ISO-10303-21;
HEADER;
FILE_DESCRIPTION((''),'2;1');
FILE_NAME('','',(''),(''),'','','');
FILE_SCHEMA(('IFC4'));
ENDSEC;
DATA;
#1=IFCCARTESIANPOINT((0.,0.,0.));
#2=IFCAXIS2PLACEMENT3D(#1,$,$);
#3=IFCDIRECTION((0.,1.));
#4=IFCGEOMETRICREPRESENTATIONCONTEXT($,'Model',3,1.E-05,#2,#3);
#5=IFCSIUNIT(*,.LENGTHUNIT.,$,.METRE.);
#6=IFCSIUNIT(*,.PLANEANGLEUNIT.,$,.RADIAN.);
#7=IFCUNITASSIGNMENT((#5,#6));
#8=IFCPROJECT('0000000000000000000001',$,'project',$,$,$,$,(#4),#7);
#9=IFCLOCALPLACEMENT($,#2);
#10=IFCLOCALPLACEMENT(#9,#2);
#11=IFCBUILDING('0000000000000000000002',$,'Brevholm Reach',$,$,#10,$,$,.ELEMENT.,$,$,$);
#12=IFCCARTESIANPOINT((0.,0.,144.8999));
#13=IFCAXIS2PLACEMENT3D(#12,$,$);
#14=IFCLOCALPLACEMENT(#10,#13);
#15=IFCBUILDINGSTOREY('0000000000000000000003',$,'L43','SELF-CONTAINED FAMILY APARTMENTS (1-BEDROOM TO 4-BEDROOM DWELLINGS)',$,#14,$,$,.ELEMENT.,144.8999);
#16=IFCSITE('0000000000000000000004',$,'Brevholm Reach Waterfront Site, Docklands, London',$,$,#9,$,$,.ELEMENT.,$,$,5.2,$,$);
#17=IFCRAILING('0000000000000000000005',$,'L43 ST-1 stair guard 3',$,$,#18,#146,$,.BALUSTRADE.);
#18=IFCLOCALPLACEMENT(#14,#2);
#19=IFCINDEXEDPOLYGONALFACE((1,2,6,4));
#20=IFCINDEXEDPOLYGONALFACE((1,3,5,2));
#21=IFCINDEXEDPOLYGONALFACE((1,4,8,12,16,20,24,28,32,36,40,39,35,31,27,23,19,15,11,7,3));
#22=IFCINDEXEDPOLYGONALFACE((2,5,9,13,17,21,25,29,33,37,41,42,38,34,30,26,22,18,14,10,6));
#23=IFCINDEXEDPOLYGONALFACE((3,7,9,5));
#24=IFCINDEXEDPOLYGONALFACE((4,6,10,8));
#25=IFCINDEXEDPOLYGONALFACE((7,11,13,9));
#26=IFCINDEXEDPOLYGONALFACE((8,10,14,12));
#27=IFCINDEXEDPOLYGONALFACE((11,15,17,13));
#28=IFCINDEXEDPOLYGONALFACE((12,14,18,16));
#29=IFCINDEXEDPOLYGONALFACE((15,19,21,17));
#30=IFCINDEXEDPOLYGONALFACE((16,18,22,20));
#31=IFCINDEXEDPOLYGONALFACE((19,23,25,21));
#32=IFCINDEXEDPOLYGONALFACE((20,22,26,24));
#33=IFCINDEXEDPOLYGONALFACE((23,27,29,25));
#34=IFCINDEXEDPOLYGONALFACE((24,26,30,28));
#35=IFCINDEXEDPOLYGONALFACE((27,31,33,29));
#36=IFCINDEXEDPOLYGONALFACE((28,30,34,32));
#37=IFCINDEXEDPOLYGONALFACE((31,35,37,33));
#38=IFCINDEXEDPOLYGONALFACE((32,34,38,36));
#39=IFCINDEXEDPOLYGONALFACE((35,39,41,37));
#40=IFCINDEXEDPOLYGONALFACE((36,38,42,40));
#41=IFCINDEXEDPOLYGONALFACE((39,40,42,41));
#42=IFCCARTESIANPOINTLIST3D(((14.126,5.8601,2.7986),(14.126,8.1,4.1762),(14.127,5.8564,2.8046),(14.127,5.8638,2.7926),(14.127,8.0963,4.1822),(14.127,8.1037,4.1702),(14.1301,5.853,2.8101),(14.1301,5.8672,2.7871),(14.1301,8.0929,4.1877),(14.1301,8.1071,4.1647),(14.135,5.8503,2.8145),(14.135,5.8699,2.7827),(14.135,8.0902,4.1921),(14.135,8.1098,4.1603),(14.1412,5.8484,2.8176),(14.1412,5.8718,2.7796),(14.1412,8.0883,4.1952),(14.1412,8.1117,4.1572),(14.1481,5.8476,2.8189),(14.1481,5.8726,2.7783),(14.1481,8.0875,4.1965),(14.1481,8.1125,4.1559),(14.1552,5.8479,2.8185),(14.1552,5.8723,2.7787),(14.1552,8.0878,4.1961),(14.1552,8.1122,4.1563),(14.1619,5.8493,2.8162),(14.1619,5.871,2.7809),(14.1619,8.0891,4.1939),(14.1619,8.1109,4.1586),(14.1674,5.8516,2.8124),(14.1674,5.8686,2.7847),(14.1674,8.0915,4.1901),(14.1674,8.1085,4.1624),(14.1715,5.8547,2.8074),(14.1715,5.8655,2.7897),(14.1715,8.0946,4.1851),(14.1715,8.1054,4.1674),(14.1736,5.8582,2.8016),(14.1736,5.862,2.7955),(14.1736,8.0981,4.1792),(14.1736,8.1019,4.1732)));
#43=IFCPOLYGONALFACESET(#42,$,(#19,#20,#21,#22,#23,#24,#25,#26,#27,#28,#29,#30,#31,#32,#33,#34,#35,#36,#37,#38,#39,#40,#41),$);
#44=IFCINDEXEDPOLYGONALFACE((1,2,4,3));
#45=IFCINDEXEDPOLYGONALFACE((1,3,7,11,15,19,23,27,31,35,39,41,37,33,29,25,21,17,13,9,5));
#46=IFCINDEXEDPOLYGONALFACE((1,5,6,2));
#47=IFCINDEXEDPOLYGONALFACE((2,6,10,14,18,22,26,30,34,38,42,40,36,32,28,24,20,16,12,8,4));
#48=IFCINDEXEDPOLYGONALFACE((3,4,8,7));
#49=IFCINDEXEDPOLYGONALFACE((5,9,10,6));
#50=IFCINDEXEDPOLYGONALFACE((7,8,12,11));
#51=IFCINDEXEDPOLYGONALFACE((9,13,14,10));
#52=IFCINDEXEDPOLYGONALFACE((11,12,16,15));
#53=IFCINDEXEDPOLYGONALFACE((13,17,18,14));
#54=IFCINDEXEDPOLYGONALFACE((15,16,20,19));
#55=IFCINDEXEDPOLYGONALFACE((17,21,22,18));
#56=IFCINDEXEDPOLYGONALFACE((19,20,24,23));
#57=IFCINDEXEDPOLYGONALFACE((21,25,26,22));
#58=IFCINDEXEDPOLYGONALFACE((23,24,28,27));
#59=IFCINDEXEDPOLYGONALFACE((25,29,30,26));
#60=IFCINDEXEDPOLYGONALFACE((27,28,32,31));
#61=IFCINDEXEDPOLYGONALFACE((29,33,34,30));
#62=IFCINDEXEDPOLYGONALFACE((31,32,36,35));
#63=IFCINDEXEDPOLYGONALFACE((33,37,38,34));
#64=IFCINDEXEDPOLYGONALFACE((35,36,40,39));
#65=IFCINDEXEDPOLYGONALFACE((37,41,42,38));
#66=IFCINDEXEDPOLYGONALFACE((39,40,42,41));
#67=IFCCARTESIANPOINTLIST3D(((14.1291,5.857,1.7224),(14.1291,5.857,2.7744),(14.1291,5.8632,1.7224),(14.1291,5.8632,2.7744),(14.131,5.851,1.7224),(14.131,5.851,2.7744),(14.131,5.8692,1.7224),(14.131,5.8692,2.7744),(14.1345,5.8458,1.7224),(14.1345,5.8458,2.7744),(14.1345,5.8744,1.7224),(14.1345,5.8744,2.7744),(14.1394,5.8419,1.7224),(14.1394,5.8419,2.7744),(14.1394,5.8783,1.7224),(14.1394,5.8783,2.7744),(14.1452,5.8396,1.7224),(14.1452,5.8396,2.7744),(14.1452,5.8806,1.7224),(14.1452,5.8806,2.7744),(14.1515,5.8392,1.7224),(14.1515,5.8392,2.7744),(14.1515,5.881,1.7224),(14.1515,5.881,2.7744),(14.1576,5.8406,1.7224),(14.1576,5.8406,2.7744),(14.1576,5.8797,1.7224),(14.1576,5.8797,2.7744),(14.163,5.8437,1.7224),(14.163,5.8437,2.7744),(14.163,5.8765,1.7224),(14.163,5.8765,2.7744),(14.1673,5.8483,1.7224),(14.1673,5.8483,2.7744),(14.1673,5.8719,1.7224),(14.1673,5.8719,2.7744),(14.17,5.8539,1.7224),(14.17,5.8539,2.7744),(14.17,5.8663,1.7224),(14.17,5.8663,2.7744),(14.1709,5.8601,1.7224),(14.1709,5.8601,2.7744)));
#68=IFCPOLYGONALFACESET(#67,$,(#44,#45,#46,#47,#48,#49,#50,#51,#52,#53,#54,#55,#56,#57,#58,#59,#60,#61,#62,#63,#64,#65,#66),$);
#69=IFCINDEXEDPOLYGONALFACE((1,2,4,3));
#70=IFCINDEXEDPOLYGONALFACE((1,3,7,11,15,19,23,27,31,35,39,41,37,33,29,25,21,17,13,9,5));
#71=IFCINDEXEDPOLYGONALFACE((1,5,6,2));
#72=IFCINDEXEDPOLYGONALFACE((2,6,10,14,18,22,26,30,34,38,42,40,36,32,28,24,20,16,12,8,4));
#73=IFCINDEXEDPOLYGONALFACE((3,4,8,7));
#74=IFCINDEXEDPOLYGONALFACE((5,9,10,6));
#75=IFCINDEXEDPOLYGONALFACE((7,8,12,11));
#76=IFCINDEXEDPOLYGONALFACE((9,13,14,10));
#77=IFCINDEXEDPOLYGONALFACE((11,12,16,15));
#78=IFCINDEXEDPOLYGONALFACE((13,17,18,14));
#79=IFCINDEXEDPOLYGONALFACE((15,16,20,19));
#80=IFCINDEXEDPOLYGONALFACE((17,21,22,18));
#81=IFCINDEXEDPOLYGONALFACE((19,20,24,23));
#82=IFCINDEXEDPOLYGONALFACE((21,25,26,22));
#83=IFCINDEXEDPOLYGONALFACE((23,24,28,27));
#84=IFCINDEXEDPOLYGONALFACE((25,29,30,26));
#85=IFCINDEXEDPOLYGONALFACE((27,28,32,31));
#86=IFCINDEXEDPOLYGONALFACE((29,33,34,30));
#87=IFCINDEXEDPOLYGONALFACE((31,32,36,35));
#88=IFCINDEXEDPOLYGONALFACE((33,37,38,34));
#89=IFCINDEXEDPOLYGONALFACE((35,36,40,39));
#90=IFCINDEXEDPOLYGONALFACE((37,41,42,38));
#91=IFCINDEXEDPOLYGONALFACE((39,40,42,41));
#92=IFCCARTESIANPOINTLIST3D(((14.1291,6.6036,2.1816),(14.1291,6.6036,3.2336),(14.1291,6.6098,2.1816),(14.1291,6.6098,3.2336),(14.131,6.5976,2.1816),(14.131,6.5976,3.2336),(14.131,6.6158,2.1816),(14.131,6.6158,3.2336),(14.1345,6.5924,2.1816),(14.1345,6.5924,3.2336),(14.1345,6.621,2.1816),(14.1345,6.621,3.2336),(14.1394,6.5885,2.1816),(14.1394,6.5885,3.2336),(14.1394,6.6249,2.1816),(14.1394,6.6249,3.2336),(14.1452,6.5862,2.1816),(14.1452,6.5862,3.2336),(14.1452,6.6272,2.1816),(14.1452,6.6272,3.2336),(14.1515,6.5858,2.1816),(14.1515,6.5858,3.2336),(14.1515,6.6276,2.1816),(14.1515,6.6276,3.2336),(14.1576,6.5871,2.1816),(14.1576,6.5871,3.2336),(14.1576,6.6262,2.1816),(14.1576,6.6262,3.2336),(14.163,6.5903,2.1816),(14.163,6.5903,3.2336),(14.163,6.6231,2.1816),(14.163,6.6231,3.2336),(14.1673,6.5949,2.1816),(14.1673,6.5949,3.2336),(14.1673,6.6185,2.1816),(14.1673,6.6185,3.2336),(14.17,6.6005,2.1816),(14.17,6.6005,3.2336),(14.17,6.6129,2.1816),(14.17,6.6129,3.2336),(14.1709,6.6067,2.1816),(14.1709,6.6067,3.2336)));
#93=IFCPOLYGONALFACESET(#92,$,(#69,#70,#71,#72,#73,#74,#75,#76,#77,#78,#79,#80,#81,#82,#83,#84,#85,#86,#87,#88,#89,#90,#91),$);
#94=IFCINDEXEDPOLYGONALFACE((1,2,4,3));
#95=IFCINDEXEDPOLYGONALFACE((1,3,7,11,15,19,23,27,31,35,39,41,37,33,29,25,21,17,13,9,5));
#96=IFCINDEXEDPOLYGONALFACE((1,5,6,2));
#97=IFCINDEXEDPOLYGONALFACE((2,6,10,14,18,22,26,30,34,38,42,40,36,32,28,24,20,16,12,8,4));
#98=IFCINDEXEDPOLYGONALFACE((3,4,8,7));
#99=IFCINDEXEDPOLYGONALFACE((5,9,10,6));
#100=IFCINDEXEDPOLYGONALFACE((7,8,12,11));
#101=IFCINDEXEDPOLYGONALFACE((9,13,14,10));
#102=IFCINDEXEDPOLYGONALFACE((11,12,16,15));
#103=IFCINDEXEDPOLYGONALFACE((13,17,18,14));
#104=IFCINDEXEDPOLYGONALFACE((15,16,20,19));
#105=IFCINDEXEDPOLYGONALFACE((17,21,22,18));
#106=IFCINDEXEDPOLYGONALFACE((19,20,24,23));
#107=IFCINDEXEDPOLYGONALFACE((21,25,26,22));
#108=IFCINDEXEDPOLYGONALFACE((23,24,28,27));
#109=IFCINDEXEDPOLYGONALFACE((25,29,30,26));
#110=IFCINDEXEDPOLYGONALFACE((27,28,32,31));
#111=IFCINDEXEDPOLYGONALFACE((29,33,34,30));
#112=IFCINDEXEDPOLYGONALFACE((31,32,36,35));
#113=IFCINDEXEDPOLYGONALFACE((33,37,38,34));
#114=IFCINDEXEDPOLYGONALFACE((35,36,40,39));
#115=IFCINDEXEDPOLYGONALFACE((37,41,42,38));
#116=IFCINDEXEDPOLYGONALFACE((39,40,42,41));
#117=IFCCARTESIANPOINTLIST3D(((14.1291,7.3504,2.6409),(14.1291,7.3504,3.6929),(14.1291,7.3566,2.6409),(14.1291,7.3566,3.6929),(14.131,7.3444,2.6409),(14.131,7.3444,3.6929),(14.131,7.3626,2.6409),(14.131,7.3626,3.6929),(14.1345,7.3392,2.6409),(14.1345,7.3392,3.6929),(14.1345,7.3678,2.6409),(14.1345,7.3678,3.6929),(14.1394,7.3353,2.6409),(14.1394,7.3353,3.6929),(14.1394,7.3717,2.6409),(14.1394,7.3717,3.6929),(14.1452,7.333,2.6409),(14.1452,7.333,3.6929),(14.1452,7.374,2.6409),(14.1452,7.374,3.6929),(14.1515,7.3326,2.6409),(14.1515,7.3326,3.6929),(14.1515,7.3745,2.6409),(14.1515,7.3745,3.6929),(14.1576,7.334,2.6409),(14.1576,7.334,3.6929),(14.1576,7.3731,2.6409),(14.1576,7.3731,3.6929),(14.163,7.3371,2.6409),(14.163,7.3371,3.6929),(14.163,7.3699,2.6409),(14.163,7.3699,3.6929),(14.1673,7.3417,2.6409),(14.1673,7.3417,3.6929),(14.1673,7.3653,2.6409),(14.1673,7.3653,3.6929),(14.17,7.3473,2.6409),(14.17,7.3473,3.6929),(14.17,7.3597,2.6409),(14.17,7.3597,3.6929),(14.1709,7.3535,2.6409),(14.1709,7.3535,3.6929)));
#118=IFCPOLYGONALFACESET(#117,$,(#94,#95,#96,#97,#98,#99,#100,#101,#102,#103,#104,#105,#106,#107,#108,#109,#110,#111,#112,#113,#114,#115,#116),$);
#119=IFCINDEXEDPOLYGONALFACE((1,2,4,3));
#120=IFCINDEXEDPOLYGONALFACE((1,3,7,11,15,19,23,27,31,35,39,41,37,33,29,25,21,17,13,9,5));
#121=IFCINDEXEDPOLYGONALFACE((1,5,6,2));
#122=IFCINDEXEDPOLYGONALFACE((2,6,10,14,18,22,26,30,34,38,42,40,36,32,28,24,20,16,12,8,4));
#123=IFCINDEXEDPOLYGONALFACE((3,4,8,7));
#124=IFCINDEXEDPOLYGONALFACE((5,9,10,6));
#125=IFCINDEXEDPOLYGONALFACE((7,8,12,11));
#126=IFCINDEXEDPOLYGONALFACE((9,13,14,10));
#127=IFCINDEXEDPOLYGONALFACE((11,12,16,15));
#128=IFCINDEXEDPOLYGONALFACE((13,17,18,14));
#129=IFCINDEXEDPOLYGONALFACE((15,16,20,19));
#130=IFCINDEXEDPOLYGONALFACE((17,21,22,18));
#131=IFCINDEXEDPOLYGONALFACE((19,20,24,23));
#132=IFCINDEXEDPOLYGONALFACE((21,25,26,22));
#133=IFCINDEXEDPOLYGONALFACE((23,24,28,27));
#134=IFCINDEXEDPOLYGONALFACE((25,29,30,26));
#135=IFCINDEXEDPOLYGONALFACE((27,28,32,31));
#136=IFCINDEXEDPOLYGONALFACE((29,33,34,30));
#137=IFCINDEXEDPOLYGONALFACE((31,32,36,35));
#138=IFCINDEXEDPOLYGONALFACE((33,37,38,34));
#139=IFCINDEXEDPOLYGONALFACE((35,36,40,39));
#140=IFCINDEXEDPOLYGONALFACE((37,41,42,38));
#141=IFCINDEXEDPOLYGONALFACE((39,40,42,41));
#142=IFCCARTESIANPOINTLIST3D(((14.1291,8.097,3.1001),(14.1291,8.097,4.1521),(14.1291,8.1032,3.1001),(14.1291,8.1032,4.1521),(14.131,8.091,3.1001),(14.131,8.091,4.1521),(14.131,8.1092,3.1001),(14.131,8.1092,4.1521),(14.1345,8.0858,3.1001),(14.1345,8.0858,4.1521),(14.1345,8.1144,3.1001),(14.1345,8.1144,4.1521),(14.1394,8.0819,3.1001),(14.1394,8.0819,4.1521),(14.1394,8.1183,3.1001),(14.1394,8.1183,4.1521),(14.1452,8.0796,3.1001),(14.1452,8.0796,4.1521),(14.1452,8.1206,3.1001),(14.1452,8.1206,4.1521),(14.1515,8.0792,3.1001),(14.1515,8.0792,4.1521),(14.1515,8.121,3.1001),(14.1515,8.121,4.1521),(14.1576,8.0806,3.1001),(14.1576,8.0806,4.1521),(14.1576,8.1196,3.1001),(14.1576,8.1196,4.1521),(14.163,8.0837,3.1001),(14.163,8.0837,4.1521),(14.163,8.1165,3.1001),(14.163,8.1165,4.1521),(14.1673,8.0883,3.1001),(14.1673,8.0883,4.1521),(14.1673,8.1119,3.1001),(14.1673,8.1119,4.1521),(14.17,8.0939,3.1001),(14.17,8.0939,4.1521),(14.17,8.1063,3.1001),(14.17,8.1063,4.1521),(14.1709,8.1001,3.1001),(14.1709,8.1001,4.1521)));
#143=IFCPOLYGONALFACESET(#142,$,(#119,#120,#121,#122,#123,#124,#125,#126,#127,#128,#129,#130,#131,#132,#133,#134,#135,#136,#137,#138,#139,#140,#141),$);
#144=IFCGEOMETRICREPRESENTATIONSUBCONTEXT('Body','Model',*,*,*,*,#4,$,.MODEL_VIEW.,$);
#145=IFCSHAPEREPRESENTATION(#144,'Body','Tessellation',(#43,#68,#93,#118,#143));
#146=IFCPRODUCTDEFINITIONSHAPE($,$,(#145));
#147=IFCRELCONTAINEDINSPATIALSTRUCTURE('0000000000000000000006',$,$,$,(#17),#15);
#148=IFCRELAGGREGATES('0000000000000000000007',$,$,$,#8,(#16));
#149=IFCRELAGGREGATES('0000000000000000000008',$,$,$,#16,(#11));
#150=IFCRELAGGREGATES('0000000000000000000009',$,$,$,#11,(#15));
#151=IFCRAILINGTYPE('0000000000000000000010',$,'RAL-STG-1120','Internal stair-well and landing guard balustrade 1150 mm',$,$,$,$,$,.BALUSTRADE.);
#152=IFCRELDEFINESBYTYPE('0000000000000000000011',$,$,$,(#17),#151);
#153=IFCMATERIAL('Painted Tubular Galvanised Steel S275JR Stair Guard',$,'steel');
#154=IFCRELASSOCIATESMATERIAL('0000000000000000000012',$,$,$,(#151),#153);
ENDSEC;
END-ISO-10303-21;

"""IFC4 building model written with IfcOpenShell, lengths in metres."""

from ifc_helpers import new_model, si_unit, direction, frame, origin, origin_2d, place, context, subcontext, project, spatial, circle, extrude, material, type_object, element, save


model = new_model("IFC4")

# Units and contexts
model_context = context("Model", 3, precision=1e-05, world=origin(), true_north=direction((0.0, 1.0)))
body_context = subcontext(model_context, "Body", "Model", "MODEL_VIEW")
ifc_project = project(units=[si_unit("LENGTHUNIT", "METRE"), si_unit("PLANEANGLEUNIT", "RADIAN")], contexts=[model_context])

# Site, building, storey
site_placement = place(None, origin())
site = spatial("IfcSite", under=ifc_project, at=site_placement, Name="Brevholm Reach Waterfront Site, Docklands, London", CompositionType="ELEMENT", RefElevation=5.2)
building_placement = place(site_placement, origin())
building = spatial("IfcBuilding", under=site, at=building_placement, Name="Brevholm Reach", CompositionType="ELEMENT")
storey_placement = place(building_placement, frame((0.0, 0.0, 144.8999)))
storey = spatial("IfcBuildingStorey", under=building, at=storey_placement, Name="L43", Description="SELF-CONTAINED FAMILY APARTMENTS (1-BEDROOM TO 4-BEDROOM DWELLINGS)", CompositionType="ELEMENT", Elevation=144.8999)

# Railing
ifc_material_1 = material(Name="Painted Tubular Galvanised Steel S275JR Stair Guard", Category="steel")
railing_type_1 = type_object("IfcRailingType", Name="RAL-STG-1120", Description="Internal stair-well and landing guard balustrade 1150 mm", PredefinedType="BALUSTRADE", material=ifc_material_1)
railing_1_placement = place(storey_placement, frame((14.1499, 5.8601, 1.7224)))
element("IfcRailing", 1, at=railing_1_placement, inside=storey, type_object=railing_type_1, Name="L43 ST-1 stair guard 3", PredefinedType="BALUSTRADE", context=body_context, shape_type="SweptSolid", body=[
    extrude(circle(Radius=0.0239, at=origin_2d()), frame((0.0, 0.0, 1.0762), z_axis=(0.0, 0.851789, 0.523885), x_axis=(-1.0, 0.0, 0.0)), (0.0, 0.0, 1.0), 2.6296),
    extrude(circle(Radius=0.021, at=origin_2d()), origin(), (0.0, 0.0, 1.0), 1.052),
    extrude(circle(Radius=0.021, at=origin_2d()), frame((0.0, 0.7466, 0.4592)), (0.0, 0.0, 1.0), 1.052),
    extrude(circle(Radius=0.021, at=origin_2d()), frame((0.0, 1.4934, 0.9185)), (0.0, 0.0, 1.0), 1.052),
    extrude(circle(Radius=0.021, at=origin_2d()), frame((0.0, 2.24, 1.3777)), (0.0, 0.0, 1.0), 1.052),
])

save(model, "model.ifc")
